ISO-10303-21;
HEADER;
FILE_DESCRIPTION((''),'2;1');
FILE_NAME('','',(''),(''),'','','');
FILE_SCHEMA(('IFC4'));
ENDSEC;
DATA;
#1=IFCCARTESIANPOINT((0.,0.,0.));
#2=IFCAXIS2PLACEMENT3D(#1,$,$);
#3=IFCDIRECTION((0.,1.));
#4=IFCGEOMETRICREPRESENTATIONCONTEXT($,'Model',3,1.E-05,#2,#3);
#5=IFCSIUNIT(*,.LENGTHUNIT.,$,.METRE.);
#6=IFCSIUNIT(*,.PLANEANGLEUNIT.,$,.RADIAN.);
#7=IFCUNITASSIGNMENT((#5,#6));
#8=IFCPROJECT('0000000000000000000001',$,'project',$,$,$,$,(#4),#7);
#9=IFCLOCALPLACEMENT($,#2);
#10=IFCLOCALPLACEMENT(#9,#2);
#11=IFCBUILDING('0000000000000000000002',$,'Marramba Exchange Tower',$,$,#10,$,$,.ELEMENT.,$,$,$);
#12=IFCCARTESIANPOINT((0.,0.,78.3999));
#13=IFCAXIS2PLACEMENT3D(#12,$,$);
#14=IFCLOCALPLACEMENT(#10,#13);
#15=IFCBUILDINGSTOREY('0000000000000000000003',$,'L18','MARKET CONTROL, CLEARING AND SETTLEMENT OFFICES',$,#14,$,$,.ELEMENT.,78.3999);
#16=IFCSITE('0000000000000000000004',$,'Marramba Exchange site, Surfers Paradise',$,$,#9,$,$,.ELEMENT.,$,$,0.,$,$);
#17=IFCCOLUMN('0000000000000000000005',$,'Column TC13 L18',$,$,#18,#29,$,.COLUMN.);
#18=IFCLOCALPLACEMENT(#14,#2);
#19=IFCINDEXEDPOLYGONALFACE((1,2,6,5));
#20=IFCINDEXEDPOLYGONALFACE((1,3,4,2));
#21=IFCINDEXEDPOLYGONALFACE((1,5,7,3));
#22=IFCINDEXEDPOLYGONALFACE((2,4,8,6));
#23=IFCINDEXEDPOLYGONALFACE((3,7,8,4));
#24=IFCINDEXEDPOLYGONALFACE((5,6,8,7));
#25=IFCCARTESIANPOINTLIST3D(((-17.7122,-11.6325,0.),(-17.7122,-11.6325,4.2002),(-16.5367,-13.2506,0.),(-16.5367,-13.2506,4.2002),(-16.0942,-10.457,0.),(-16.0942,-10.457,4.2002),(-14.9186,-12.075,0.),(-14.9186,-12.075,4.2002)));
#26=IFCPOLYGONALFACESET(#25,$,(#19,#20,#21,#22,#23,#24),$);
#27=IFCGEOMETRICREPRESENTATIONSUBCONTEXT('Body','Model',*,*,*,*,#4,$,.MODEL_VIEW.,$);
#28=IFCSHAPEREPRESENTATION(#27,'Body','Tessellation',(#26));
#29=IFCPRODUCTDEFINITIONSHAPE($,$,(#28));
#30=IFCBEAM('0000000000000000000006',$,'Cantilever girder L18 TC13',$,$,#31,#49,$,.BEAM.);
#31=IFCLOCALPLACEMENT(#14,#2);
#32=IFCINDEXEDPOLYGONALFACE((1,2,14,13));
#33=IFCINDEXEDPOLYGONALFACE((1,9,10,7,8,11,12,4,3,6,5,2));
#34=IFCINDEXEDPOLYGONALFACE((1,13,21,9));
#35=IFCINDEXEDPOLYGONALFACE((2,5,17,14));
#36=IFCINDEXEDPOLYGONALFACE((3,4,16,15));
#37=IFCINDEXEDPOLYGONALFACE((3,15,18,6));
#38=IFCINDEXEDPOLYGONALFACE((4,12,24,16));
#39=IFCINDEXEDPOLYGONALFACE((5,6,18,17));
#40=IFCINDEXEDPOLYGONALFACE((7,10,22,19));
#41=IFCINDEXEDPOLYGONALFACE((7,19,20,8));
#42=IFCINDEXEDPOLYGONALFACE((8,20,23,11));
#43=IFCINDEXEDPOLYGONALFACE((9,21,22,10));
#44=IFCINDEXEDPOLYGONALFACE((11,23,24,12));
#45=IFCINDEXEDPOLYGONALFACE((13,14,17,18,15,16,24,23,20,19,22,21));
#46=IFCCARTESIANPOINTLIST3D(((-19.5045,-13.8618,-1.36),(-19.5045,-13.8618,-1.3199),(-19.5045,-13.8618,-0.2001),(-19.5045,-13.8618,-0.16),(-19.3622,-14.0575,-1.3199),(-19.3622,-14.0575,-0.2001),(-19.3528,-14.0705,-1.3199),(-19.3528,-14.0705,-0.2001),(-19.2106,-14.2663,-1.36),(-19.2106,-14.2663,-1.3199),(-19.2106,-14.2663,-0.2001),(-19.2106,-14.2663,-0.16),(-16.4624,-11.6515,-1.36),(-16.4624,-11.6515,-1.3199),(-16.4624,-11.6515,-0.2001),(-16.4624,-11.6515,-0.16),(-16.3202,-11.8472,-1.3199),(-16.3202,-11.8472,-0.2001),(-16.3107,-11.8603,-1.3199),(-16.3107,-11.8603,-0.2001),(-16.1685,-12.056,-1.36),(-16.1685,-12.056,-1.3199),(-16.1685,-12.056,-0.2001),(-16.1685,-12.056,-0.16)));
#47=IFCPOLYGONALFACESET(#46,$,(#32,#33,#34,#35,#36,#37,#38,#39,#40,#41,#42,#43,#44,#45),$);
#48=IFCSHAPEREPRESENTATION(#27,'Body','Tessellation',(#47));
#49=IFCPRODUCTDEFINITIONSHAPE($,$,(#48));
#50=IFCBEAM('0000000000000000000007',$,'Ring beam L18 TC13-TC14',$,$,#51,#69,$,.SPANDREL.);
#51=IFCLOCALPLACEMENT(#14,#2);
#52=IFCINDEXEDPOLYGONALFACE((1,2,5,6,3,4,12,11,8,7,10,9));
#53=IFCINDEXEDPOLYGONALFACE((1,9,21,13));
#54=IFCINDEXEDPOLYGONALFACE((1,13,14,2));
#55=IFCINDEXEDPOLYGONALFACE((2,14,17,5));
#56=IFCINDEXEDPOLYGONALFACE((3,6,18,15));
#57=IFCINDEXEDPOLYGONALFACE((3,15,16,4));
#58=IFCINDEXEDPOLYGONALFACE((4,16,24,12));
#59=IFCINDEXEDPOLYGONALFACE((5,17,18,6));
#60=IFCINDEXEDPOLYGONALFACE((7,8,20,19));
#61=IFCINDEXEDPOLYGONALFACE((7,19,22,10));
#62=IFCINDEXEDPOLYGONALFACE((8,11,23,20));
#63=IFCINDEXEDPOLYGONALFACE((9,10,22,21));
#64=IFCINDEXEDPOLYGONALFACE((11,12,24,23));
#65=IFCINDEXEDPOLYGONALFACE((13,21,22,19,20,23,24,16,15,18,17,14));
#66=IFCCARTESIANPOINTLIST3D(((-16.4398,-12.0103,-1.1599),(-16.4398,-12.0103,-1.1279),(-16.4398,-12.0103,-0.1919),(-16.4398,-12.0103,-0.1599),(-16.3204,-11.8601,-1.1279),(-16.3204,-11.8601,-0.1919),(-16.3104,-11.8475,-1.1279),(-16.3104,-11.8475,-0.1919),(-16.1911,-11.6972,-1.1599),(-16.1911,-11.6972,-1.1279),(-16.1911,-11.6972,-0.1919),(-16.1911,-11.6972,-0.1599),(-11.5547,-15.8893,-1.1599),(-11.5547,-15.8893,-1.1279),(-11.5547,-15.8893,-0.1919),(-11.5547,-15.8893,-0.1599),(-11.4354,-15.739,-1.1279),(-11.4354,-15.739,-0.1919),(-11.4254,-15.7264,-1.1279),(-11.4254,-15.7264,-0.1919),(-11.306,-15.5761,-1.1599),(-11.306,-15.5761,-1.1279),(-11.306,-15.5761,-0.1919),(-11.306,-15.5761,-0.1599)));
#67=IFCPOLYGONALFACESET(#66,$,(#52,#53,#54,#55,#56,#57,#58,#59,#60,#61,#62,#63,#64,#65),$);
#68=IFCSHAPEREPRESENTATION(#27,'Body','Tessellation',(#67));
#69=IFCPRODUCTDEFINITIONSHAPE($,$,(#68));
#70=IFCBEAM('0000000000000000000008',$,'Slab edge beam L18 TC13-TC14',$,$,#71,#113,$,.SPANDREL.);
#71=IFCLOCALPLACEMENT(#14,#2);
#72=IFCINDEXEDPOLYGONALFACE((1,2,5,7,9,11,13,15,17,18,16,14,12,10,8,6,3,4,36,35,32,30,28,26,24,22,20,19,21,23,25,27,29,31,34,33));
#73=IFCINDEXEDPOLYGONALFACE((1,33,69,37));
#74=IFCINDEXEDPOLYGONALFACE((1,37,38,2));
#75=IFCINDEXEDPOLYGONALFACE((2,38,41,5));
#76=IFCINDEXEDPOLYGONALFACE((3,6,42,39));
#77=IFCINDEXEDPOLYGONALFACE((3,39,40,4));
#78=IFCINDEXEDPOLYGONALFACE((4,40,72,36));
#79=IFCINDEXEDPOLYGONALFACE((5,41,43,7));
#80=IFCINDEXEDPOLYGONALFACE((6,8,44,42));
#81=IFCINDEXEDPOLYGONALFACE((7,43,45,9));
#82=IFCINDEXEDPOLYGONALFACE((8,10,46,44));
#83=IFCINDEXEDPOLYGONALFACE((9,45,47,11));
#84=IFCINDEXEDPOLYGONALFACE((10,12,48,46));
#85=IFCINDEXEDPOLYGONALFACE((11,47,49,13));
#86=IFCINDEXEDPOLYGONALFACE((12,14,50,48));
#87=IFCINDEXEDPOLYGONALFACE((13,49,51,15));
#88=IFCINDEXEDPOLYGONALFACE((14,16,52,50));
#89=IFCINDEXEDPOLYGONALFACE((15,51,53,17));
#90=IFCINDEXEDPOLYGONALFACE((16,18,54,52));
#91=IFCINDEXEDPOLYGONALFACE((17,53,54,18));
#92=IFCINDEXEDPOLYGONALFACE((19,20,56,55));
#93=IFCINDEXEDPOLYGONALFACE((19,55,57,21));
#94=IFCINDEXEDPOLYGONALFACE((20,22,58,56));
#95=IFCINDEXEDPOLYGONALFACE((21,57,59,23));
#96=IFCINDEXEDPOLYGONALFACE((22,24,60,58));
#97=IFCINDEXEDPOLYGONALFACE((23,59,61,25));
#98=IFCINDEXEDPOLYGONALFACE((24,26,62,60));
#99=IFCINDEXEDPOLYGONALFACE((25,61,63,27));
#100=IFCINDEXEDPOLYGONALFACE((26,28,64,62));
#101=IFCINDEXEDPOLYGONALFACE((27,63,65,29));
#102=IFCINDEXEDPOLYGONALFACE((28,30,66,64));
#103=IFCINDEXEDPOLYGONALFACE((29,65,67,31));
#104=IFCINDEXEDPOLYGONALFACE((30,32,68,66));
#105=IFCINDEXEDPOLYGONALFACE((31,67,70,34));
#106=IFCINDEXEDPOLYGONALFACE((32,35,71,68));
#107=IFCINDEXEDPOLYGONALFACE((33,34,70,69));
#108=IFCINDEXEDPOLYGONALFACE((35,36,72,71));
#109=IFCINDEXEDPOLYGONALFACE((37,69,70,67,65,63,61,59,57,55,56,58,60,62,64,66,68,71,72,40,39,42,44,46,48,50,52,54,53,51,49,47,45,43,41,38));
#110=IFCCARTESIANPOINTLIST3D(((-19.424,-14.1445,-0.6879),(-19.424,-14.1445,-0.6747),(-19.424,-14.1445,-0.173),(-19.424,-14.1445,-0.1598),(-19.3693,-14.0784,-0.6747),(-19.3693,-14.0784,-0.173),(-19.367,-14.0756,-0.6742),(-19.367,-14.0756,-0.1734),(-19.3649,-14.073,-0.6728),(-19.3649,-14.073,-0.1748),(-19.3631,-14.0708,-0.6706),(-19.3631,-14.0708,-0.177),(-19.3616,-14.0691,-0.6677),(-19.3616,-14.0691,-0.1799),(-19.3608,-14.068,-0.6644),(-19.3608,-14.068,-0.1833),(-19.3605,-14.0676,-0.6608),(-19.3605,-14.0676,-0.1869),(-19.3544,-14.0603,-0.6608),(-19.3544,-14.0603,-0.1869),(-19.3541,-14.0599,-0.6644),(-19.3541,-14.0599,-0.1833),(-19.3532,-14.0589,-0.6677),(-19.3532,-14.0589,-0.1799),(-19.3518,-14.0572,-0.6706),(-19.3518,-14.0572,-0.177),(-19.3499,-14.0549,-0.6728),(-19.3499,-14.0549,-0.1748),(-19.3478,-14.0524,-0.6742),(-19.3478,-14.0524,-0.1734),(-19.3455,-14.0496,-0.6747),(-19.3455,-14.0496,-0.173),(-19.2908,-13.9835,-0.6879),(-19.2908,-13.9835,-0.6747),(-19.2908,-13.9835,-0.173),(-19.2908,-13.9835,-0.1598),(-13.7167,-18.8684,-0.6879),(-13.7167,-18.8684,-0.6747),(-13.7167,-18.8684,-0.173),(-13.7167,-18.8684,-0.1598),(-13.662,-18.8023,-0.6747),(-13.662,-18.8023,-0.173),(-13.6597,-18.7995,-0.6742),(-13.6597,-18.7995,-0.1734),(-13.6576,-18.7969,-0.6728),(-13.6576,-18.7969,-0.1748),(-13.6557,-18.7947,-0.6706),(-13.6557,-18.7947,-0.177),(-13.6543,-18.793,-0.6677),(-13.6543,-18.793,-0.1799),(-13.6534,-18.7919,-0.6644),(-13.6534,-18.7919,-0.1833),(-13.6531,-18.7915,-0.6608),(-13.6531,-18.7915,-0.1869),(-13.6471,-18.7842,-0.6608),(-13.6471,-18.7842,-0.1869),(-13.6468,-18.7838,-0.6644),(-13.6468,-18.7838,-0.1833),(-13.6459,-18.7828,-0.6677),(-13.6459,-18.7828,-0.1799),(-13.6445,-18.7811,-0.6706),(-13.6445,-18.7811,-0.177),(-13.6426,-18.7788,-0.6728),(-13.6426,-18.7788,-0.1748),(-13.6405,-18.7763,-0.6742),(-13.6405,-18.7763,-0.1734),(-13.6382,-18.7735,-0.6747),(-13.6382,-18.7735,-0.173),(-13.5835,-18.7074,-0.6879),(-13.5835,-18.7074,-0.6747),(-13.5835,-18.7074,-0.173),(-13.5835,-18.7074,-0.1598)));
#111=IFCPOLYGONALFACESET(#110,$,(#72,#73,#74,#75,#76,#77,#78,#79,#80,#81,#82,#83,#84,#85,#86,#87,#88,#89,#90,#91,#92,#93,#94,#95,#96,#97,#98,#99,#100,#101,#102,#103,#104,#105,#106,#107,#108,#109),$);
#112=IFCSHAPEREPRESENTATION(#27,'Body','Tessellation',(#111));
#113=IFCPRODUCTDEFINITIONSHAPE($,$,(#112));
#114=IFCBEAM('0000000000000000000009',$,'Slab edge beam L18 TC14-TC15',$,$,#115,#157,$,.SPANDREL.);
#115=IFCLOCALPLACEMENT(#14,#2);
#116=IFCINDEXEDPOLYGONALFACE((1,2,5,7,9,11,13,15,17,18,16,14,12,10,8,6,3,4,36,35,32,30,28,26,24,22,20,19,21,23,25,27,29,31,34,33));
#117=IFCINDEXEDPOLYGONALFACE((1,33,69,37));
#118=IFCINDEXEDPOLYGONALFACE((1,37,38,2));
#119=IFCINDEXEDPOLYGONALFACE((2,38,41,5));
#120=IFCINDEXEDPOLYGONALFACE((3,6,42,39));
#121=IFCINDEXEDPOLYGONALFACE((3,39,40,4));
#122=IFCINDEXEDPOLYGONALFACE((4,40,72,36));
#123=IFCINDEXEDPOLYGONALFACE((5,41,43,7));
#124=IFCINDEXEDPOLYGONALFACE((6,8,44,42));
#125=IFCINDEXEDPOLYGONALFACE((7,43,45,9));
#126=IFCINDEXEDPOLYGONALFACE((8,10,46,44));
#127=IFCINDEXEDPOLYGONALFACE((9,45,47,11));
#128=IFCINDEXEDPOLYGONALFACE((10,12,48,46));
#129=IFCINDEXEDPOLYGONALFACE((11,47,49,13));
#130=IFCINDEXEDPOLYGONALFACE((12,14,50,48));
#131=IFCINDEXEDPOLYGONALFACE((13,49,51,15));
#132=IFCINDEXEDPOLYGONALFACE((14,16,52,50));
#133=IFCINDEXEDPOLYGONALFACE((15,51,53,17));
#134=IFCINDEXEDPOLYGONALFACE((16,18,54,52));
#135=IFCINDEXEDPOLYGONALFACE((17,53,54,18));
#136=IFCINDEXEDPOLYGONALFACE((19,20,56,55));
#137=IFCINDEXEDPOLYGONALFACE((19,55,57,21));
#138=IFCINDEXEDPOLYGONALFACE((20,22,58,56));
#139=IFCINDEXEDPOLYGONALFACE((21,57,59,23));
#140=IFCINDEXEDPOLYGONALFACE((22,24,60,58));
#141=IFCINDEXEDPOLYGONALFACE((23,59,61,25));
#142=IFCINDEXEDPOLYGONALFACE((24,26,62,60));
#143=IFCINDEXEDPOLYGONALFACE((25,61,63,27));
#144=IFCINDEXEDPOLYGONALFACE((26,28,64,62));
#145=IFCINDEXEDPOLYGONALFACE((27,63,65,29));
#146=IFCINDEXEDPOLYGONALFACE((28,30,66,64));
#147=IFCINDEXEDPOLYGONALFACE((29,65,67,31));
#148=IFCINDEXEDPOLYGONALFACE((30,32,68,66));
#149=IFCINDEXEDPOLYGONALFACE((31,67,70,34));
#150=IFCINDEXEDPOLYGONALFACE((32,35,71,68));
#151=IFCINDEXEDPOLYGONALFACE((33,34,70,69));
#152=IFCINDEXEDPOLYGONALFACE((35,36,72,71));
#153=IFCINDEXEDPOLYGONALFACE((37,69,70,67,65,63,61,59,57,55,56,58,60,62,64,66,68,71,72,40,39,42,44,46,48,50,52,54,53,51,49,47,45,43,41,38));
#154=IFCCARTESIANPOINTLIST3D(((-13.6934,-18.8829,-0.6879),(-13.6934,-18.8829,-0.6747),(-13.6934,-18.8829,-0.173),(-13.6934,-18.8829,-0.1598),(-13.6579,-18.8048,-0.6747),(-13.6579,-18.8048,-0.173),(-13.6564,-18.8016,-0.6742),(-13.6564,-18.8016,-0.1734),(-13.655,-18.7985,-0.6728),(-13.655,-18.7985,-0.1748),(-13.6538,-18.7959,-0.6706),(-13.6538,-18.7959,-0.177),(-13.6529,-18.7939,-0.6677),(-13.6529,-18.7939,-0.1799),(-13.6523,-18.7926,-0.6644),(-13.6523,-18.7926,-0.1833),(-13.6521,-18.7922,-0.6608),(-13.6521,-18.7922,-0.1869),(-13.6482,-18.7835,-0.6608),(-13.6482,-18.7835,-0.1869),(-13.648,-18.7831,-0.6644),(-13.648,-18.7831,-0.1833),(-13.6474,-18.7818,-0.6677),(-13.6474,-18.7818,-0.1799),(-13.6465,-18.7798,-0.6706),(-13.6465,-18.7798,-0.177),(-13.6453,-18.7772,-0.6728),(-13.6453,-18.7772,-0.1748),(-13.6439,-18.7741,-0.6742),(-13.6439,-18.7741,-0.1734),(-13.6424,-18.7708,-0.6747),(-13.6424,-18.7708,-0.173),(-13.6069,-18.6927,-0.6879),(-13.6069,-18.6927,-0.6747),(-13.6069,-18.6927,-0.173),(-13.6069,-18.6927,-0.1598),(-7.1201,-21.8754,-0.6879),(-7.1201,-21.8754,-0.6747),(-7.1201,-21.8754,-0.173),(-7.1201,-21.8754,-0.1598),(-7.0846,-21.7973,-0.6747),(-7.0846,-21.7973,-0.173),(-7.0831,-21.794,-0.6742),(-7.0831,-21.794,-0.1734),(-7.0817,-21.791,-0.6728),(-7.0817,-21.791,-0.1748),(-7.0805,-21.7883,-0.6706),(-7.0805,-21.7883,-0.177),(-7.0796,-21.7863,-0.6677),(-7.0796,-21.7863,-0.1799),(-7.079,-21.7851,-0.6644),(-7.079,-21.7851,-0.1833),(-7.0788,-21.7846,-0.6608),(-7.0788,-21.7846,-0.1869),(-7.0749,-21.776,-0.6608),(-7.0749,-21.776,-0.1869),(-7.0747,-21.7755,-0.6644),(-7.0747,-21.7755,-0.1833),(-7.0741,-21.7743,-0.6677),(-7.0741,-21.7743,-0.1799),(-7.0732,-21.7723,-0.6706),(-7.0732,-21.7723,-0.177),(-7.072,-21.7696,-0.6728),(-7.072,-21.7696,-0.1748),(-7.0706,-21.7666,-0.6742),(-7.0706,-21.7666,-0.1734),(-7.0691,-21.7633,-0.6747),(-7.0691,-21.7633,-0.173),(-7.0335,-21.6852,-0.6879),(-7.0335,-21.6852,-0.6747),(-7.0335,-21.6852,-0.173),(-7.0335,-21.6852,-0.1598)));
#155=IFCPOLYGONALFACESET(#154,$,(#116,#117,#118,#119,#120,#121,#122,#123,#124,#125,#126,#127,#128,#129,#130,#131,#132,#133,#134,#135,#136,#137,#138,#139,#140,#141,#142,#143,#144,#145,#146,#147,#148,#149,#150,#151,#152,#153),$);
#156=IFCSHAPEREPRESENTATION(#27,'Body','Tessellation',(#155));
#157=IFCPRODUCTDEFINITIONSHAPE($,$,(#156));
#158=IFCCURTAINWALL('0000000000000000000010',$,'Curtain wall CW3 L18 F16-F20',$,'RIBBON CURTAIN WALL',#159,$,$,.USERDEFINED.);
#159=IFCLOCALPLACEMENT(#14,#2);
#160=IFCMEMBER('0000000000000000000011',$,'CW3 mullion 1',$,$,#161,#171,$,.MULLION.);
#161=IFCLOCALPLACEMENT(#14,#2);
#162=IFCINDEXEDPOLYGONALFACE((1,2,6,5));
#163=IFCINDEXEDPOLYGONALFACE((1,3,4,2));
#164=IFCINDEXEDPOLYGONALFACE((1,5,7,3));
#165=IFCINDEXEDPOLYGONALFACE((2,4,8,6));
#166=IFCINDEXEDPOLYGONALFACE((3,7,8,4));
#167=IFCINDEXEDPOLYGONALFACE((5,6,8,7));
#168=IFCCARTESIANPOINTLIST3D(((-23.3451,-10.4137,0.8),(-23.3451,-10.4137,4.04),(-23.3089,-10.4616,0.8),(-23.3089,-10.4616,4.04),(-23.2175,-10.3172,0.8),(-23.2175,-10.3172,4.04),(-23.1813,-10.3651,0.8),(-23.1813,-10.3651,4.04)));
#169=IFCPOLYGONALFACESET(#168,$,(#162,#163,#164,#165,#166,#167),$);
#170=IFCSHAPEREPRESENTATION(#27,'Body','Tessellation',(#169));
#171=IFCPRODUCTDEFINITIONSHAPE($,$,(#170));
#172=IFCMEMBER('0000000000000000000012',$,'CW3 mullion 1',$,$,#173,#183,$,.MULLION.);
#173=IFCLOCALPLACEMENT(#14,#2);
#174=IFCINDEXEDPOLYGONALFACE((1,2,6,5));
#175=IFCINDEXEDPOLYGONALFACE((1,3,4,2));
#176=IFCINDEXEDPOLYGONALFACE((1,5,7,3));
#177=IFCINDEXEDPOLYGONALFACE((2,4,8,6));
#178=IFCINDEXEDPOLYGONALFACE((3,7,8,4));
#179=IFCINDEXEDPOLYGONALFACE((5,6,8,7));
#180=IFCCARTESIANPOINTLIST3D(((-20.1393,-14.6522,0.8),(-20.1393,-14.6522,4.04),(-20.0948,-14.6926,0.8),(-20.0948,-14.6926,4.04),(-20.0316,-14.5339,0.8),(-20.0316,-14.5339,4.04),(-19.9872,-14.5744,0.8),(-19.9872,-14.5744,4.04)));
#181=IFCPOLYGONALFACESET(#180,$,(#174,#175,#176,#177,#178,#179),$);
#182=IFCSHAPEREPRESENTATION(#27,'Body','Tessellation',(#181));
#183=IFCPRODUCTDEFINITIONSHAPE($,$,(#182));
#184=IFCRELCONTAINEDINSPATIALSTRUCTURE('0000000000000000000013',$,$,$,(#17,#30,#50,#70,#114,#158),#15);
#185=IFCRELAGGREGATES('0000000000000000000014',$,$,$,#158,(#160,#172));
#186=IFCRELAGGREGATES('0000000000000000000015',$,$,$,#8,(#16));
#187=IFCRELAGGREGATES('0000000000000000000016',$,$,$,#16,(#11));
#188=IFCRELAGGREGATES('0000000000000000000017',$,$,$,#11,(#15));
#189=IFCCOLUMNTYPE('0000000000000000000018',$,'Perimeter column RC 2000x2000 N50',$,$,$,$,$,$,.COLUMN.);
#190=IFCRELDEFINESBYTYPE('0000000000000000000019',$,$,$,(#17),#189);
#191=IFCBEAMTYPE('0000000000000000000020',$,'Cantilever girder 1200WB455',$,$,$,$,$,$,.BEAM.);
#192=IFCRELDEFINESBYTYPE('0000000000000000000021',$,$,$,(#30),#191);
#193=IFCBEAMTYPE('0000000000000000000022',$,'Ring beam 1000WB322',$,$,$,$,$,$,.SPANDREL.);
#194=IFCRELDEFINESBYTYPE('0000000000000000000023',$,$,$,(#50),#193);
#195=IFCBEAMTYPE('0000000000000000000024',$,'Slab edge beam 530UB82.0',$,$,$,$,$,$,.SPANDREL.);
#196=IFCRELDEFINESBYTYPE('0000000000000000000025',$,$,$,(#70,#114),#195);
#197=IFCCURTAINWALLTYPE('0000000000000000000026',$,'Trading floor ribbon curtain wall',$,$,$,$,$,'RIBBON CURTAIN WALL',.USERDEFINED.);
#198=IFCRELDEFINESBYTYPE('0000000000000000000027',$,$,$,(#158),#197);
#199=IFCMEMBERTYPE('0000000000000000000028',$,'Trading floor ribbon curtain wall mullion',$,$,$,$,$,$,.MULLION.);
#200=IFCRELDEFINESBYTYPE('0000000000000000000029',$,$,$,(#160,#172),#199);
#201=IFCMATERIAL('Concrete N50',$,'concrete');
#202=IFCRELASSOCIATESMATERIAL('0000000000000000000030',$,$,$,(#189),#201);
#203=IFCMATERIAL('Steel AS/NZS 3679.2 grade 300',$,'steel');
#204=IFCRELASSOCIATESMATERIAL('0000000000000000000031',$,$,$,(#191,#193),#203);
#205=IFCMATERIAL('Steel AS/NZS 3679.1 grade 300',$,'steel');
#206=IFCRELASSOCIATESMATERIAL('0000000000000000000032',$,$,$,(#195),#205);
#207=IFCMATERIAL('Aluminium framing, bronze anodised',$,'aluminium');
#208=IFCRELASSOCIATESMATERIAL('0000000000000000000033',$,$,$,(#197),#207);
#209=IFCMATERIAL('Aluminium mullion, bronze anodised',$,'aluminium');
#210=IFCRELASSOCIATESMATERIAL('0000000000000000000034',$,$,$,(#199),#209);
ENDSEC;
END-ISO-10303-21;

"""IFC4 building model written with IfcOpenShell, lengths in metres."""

from ifc_helpers import new_model, si_unit, direction, frame, origin, origin_2d, place, context, subcontext, project, spatial, rectangle, i_section, extrude, material, material_profile, profile_set, type_object, element, aggregate, save


model = new_model("IFC4")

# Units and contexts
model_context = context("Model", 3, precision=1e-05, world=origin(), true_north=direction((0.0, 1.0)))
body_context = subcontext(model_context, "Body", "Model", "MODEL_VIEW")
ifc_project = project(units=[si_unit("LENGTHUNIT", "METRE"), si_unit("PLANEANGLEUNIT", "RADIAN")], contexts=[model_context])

# Site, building, storey
site_placement = place(None, origin())
site = spatial("IfcSite", under=ifc_project, at=site_placement, Name="Marramba Exchange site, Surfers Paradise", CompositionType="ELEMENT", RefElevation=0.0)
building_placement = place(site_placement, origin())
building = spatial("IfcBuilding", under=site, at=building_placement, Name="Marramba Exchange Tower", CompositionType="ELEMENT")
storey_placement = place(building_placement, frame((0.0, 0.0, 78.3999)))
storey = spatial("IfcBuildingStorey", under=building, at=storey_placement, Name="L18", Description="MARKET CONTROL, CLEARING AND SETTLEMENT OFFICES", CompositionType="ELEMENT", Elevation=78.3999)

# Column
ifc_material_1 = material(Name="Concrete N50", Category="concrete")
ifc_material_profile_1 = material_profile(ifc_material_1, rectangle(XDim=2.0, YDim=2.0, at=origin_2d()), Name="RC 2000x2000")
ifc_profile_set_1 = profile_set([ifc_material_profile_1], Name="Concrete N50")
column_type = type_object("IfcColumnType", Name="Perimeter column RC 2000x2000 N50", PredefinedType="COLUMN", material=ifc_profile_set_1)
column_placement = place(storey_placement, frame((-16.3154, -11.8538, 0.0), z_axis=(0.0, 0.0, 1.0), x_axis=(-0.809017, -0.587785, 0.0)))
element("IfcColumn", 1, at=column_placement, inside=storey, type_object=column_type, Name="Column TC13 L18", PredefinedType="COLUMN", context=body_context, shape_type="SweptSolid", body=[
    extrude(rectangle(XDim=2.0, YDim=2.0, at=origin_2d()), origin(), (0.0, 0.0, 1.0), 4.2002),
])

# Beams
ifc_material_2 = material(Name="Steel AS/NZS 3679.2 grade 300", Category="steel")
ifc_material_profile_2 = material_profile(ifc_material_2, i_section(OverallWidth=0.5, OverallDepth=1.2, WebThickness=0.0161, FlangeThickness=0.04, at=origin_2d()), Name="1200WB455")
ifc_profile_set_2 = profile_set([ifc_material_profile_2], Name="Steel AS/NZS 3679.2 grade 300")
beam_type_1 = type_object("IfcBeamType", Name="Cantilever girder 1200WB455", PredefinedType="BEAM", material=ifc_profile_set_2)
beam_1_placement = place(storey_placement, frame((-16.3154, -11.8538, -0.76), z_axis=(-0.809008, -0.587797, 0.0), x_axis=(0.587797, -0.809008, 0.0)))
element("IfcBeam", 2, at=beam_1_placement, inside=storey, type_object=beam_type_1, Name="Cantilever girder L18 TC13", PredefinedType="BEAM", context=body_context, shape_type="SweptSolid", body=[
    extrude(i_section(OverallWidth=0.5, OverallDepth=1.2, WebThickness=0.0161, FlangeThickness=0.04, at=origin_2d()), origin(), (0.0, 0.0, 1.0), 3.7603),
])
ifc_material_profile_3 = material_profile(ifc_material_2, i_section(OverallWidth=0.3999, OverallDepth=1.0, WebThickness=0.0161, FlangeThickness=0.032, at=origin_2d()), Name="1000WB322")
ifc_profile_set_3 = profile_set([ifc_material_profile_3], Name="Steel AS/NZS 3679.2 grade 300")
beam_type_2 = type_object("IfcBeamType", Name="Ring beam 1000WB322", PredefinedType="SPANDREL", material=ifc_profile_set_3)
beam_2_placement = place(storey_placement, frame((-16.3154, -11.8538, -0.6599), z_axis=(0.783139, -0.621846, 0.0), x_axis=(0.621846, 0.783139, 0.0)))
element("IfcBeam", 3, at=beam_2_placement, inside=storey, type_object=beam_type_2, Name="Ring beam L18 TC13-TC14", PredefinedType="SPANDREL", context=body_context, shape_type="SweptSolid", body=[
    extrude(i_section(OverallWidth=0.3999, OverallDepth=1.0, WebThickness=0.0161, FlangeThickness=0.032, at=origin_2d()), origin(), (0.0, 0.0, 1.0), 6.2378),
])
ifc_material_3 = material(Name="Steel AS/NZS 3679.1 grade 300", Category="steel")
ifc_material_profile_4 = material_profile(ifc_material_3, i_section(OverallWidth=0.209, OverallDepth=0.5281, WebThickness=0.0095, FlangeThickness=0.0132, FilletRadius=0.0139, at=origin_2d()), Name="530UB82.0")
ifc_profile_set_4 = profile_set([ifc_material_profile_4], Name="Steel AS/NZS 3679.1 grade 300")
beam_type_3 = type_object("IfcBeamType", Name="Slab edge beam 530UB82.0", PredefinedType="SPANDREL", material=ifc_profile_set_4)
beam_3_placement = place(storey_placement, frame((-19.3574, -14.064, -0.4238), z_axis=(0.770354, -0.637617, 0.0), x_axis=(0.637617, 0.770354, 0.0)))
element("IfcBeam", 4, at=beam_3_placement, inside=storey, type_object=beam_type_3, Name="Slab edge beam L18 TC13-TC14", PredefinedType="SPANDREL", context=body_context, shape_type="SweptSolid", body=[
    extrude(i_section(OverallWidth=0.209, OverallDepth=0.5281, WebThickness=0.0095, FlangeThickness=0.0132, FilletRadius=0.0139, at=origin_2d()), origin(), (0.0, 0.0, 1.0), 7.4087),
])
beam_4_placement = place(storey_placement, frame((-13.6501, -18.7878, -0.4238), z_axis=(0.910127, -0.41433, 0.0), x_axis=(0.41433, 0.910127, 0.0)))
element("IfcBeam", 5, at=beam_4_placement, inside=storey, type_object=beam_type_3, Name="Slab edge beam L18 TC14-TC15", PredefinedType="SPANDREL", context=body_context, shape_type="SweptSolid", body=[
    extrude(i_section(OverallWidth=0.209, OverallDepth=0.5281, WebThickness=0.0095, FlangeThickness=0.0132, FilletRadius=0.0139, at=origin_2d()), origin(), (0.0, 0.0, 1.0), 7.2224),
])

# Curtain wall, members
ifc_material_4 = material(Name="Aluminium framing, bronze anodised", Category="aluminium")
curtain_wall_type = type_object("IfcCurtainWallType", Name="Trading floor ribbon curtain wall", ElementType="RIBBON CURTAIN WALL", PredefinedType="USERDEFINED", material=ifc_material_4)
curtain_wall_placement = place(storey_placement, origin())
curtain_wall = element("IfcCurtainWall", 6, at=curtain_wall_placement, inside=storey, type_object=curtain_wall_type, Name="Curtain wall CW3 L18 F16-F20", ObjectType="RIBBON CURTAIN WALL", PredefinedType="USERDEFINED")
ifc_material_5 = material(Name="Aluminium mullion, bronze anodised", Category="aluminium")
ifc_material_profile_5 = material_profile(ifc_material_5, rectangle(XDim=0.1599, YDim=0.0601, at=origin_2d()), Name="CW3 mullion 60x160")
ifc_profile_set_5 = profile_set([ifc_material_profile_5], Name="Aluminium mullion, bronze anodised")
member_type_1 = type_object("IfcMemberType", Name="Trading floor ribbon curtain wall mullion", PredefinedType="MULLION", material=ifc_profile_set_5)
member_1_placement = place(storey_placement, frame((-23.2632, -10.3894, 0.8), z_axis=(0.0, 0.0, 1.0), x_axis=(0.797711, 0.60304, 0.0)))
member_1 = element("IfcMember", 7, at=member_1_placement, type_object=member_type_1, Name="CW3 mullion 1", PredefinedType="MULLION", context=body_context, shape_type="SweptSolid", body=[
    extrude(rectangle(XDim=0.1599, YDim=0.0601, at=origin_2d()), origin(), (0.0, 0.0, 1.0), 3.24),
])
member_2_placement = place(storey_placement, frame((-20.0632, -14.6133, 0.8), z_axis=(0.0, 0.0, 1.0), x_axis=(0.673058, 0.73959, 0.0)))
member_2 = element("IfcMember", 8, at=member_2_placement, type_object=member_type_1, Name="CW3 mullion 1", PredefinedType="MULLION", context=body_context, shape_type="SweptSolid", body=[
    extrude(rectangle(XDim=0.1599, YDim=0.0601, at=origin_2d()), origin(), (0.0, 0.0, 1.0), 3.24),
])
aggregate(curtain_wall, [member_1, member_2])

save(model, "model.ifc")
